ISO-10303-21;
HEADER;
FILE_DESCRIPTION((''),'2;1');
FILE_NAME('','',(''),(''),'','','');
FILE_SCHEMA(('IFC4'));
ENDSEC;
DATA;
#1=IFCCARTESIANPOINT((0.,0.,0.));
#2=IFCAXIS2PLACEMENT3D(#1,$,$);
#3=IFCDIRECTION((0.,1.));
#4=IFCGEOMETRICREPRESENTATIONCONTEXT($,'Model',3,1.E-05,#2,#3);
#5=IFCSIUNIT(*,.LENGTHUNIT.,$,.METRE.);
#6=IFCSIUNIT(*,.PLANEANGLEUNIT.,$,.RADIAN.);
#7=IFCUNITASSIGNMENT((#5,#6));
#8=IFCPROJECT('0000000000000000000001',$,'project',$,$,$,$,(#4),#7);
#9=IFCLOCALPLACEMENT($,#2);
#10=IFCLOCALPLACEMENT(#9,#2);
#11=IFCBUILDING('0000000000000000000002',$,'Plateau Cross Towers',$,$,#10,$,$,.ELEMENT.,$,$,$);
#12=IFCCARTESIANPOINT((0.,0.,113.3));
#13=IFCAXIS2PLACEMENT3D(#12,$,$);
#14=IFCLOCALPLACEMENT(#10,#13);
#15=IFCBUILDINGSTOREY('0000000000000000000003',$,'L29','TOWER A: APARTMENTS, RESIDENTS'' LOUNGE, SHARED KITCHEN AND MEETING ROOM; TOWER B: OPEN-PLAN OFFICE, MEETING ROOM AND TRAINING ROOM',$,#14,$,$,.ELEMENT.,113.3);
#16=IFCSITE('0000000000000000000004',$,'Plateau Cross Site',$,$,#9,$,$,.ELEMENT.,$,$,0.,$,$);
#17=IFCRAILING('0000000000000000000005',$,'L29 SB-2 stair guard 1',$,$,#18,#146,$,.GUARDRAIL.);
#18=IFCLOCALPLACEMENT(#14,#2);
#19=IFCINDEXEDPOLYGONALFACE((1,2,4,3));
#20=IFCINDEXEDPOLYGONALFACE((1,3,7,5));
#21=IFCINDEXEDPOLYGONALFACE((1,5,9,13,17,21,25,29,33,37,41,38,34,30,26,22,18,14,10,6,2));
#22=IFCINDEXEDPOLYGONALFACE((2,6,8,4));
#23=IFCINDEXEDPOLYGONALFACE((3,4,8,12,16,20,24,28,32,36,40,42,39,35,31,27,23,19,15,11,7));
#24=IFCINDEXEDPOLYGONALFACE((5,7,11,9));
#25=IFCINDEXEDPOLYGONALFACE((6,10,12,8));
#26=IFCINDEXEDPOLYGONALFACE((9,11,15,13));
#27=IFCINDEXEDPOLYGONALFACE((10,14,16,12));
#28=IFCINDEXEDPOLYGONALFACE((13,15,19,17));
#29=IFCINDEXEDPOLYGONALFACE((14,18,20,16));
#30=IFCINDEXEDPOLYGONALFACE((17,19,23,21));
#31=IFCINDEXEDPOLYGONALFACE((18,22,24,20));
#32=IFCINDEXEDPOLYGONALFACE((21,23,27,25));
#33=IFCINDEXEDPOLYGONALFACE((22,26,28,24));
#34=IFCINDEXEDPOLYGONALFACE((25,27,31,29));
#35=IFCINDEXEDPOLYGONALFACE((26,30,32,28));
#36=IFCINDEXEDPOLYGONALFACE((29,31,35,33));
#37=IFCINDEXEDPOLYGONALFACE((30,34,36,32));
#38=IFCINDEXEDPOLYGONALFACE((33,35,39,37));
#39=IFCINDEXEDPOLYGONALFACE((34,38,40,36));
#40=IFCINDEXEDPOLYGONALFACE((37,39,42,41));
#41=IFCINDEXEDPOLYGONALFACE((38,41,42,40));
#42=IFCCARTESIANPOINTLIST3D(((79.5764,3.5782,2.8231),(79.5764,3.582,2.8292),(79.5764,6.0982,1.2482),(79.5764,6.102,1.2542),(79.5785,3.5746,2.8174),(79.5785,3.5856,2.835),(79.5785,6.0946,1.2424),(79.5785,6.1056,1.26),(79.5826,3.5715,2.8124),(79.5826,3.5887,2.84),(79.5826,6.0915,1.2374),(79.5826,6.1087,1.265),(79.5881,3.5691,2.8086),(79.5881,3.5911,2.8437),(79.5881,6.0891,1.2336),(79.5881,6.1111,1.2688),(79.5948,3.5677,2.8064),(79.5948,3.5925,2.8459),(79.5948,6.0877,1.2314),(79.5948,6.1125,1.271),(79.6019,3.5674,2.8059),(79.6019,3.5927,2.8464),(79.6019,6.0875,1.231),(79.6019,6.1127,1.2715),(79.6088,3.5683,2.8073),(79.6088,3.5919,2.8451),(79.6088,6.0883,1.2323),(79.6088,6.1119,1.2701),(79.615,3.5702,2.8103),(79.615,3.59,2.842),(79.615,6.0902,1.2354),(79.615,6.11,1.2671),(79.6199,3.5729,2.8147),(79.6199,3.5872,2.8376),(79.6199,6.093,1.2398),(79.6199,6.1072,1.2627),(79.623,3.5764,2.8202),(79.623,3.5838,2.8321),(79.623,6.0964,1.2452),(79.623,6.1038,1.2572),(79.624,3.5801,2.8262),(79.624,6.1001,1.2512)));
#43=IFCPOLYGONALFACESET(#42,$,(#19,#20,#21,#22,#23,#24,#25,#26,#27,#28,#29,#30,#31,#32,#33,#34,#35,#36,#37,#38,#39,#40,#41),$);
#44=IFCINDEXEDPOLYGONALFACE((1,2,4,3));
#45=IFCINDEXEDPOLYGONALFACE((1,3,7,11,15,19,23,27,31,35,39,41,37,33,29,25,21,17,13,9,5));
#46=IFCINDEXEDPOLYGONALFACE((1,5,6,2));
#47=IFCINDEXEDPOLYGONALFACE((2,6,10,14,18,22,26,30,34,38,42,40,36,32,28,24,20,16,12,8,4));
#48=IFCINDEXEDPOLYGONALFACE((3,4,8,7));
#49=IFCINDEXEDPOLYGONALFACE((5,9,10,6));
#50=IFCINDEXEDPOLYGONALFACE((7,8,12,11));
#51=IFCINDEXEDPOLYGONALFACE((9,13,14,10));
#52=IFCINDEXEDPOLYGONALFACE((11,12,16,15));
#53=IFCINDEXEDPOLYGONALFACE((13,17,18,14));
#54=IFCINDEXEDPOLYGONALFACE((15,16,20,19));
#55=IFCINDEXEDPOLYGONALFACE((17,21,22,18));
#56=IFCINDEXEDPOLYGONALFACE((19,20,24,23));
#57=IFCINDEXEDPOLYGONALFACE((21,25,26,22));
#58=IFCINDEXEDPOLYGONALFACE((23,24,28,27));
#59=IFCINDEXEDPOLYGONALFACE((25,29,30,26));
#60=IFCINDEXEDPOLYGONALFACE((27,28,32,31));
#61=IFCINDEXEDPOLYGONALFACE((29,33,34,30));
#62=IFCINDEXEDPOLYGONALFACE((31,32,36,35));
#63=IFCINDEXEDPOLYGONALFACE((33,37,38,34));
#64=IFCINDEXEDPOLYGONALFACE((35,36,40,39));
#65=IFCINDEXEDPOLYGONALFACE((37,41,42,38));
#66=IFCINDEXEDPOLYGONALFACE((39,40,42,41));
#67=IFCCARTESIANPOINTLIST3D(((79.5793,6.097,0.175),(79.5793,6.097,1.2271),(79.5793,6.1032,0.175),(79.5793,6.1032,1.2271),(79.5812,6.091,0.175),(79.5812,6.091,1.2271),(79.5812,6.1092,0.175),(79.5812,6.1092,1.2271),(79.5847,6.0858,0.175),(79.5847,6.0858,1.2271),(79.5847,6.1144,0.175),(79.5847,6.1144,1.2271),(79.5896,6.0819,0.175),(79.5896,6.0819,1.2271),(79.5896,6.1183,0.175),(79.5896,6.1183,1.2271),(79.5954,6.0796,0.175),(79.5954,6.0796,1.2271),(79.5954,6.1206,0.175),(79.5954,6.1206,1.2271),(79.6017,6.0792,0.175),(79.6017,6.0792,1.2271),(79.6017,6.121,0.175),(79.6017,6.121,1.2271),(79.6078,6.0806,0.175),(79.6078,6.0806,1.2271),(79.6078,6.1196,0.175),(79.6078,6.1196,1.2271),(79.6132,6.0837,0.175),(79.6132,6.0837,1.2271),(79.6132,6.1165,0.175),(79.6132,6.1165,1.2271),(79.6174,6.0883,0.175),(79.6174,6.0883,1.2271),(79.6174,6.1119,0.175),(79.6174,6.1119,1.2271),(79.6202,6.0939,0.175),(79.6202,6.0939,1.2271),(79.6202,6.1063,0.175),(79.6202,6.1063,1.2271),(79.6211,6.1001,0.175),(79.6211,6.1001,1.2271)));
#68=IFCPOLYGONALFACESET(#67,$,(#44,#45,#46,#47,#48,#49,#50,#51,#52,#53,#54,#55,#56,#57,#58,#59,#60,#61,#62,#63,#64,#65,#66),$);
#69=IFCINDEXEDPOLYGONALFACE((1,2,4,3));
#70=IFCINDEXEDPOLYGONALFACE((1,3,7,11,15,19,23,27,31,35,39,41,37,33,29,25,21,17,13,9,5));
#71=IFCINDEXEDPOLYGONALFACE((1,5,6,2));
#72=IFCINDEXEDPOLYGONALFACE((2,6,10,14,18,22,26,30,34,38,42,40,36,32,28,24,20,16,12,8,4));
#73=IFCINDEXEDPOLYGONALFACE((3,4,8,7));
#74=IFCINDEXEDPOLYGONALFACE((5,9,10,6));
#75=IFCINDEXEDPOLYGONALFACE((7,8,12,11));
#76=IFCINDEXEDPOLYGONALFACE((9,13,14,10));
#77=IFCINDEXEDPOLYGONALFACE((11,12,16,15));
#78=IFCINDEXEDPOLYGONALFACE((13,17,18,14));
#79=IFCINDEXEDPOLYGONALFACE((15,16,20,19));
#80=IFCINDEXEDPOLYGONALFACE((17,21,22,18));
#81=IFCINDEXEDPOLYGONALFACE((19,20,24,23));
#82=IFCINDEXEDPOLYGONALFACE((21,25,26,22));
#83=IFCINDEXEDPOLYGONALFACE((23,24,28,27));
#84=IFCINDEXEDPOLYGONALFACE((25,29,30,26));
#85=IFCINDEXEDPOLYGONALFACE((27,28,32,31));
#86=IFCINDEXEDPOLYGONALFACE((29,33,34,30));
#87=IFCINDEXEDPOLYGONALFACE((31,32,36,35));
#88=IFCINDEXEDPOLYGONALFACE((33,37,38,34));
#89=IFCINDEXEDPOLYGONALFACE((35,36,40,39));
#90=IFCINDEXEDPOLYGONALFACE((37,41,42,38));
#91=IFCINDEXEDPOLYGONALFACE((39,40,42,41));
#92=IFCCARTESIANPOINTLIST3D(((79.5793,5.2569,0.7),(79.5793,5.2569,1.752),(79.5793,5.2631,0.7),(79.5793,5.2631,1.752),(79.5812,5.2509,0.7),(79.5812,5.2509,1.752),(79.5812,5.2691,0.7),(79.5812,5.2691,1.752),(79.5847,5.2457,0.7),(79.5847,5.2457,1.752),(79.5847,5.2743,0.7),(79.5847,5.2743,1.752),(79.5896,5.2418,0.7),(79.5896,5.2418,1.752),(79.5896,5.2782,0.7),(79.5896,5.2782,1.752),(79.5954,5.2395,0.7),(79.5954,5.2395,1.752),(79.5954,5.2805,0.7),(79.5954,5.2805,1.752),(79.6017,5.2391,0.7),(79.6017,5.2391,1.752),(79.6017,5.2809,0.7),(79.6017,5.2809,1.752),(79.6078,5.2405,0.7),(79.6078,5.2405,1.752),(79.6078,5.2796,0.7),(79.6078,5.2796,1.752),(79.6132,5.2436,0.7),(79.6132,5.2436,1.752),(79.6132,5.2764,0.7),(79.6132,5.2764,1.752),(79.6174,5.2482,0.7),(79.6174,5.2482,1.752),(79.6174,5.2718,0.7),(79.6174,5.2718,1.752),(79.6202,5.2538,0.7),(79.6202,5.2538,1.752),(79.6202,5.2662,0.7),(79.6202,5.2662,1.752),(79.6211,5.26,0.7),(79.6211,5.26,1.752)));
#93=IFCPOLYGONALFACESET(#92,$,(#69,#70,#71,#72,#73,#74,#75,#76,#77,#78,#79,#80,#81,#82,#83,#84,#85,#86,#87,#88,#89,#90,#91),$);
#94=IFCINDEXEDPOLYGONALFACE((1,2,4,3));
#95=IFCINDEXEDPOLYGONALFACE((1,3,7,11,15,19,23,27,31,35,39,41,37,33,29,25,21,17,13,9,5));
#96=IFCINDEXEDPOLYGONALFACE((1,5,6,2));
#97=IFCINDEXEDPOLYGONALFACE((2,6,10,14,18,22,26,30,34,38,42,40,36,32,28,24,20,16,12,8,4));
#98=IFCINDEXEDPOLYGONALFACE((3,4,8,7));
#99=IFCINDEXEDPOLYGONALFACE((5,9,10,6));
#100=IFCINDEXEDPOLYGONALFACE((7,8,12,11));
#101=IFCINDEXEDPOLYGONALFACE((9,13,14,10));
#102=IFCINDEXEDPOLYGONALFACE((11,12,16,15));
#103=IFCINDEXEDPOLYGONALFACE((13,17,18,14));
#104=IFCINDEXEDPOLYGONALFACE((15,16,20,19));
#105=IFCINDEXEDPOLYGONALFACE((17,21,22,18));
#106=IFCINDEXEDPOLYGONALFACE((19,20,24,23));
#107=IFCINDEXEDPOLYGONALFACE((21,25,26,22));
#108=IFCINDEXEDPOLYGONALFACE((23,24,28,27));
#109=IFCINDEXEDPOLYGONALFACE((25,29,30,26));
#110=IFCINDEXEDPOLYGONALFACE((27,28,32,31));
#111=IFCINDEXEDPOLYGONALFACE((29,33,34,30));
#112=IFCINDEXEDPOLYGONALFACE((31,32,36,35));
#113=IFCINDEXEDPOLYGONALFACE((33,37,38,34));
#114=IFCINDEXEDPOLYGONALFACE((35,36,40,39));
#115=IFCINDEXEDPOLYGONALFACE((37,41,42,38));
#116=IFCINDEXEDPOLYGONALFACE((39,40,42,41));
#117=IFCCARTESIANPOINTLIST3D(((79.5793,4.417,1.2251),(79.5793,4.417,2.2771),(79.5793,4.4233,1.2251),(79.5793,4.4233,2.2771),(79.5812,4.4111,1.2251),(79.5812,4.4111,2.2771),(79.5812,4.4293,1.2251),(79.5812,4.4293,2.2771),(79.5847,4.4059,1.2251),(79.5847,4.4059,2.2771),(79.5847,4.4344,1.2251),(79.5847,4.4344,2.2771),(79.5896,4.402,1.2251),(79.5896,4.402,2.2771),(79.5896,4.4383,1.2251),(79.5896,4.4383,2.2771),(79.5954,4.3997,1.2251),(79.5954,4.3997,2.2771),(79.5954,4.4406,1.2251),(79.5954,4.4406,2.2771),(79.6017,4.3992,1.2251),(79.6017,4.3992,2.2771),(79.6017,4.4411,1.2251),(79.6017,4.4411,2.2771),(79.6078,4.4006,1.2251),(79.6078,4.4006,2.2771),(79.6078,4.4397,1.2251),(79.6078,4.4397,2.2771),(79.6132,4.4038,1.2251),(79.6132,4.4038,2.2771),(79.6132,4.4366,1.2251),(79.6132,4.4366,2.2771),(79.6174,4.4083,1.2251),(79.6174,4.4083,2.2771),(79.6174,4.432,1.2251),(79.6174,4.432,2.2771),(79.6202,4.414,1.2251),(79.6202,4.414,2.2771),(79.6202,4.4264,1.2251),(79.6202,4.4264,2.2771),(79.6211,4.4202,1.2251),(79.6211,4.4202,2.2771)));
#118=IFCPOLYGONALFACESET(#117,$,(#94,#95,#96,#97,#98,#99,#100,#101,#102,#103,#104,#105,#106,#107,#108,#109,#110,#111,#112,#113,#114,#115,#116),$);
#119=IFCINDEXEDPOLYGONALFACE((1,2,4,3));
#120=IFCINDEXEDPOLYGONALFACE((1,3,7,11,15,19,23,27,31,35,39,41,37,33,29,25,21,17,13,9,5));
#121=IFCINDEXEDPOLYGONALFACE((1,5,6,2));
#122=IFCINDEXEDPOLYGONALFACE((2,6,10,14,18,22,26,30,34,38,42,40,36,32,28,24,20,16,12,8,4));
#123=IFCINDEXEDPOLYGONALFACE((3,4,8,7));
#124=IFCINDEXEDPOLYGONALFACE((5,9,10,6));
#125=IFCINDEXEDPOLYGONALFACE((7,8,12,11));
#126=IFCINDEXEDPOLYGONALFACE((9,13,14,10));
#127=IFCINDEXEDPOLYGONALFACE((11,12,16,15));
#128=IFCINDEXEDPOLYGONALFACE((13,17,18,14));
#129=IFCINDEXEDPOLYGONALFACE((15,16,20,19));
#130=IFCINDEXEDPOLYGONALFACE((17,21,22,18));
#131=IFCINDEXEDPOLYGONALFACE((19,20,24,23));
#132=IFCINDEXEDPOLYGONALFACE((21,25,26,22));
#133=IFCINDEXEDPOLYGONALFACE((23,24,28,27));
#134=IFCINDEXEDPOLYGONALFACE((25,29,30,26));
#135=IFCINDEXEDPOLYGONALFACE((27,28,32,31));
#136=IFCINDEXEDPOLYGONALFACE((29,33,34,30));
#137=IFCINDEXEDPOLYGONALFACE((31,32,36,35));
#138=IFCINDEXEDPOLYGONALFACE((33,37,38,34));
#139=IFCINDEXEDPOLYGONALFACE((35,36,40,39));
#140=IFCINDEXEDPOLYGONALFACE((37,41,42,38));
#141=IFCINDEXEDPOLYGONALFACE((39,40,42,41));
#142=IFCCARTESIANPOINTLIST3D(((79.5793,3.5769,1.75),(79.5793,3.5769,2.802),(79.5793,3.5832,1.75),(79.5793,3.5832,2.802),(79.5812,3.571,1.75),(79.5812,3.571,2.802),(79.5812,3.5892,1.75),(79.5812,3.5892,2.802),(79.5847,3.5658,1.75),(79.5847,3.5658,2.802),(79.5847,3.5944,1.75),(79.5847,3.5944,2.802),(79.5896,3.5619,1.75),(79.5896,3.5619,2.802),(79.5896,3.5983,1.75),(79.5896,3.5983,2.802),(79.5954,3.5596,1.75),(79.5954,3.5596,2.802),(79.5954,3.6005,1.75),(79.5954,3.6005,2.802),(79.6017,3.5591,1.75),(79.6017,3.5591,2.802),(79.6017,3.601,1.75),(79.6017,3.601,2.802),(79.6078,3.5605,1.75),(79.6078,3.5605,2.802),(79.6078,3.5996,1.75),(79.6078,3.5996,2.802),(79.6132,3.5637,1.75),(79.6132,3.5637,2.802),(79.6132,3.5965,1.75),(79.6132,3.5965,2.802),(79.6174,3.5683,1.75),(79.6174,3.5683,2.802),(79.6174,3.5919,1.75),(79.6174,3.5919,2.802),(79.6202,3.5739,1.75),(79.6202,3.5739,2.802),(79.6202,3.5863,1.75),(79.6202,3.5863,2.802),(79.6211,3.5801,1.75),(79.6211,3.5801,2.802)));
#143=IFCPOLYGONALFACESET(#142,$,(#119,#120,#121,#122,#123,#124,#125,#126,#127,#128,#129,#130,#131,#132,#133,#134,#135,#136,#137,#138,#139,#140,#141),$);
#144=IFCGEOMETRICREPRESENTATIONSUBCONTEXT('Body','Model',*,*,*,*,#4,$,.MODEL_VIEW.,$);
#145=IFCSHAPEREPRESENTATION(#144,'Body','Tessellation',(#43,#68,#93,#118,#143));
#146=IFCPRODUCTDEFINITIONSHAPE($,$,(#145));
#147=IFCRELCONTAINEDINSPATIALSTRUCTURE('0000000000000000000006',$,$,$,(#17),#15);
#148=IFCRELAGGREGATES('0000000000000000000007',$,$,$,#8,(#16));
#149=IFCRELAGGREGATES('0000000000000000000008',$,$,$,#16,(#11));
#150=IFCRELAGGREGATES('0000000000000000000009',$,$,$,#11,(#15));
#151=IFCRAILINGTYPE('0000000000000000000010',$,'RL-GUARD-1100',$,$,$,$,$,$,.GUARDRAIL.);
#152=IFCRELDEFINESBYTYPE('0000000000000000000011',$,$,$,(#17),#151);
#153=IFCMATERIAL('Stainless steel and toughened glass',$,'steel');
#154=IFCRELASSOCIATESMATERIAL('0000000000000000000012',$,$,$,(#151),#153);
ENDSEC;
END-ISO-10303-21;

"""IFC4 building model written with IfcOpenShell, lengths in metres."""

from ifc_helpers import new_model, si_unit, direction, frame, origin, origin_2d, place, context, subcontext, project, spatial, circle, extrude, material, type_object, element, save


model = new_model("IFC4")

# Units and contexts
model_context = context("Model", 3, precision=1e-05, world=origin(), true_north=direction((0.0, 1.0)))
body_context = subcontext(model_context, "Body", "Model", "MODEL_VIEW")
ifc_project = project(units=[si_unit("LENGTHUNIT", "METRE"), si_unit("PLANEANGLEUNIT", "RADIAN")], contexts=[model_context])

# Site, building, storey
site_placement = place(None, origin())
site = spatial("IfcSite", under=ifc_project, at=site_placement, Name="Plateau Cross Site", CompositionType="ELEMENT", RefElevation=0.0)
building_placement = place(site_placement, origin())
building = spatial("IfcBuilding", under=site, at=building_placement, Name="Plateau Cross Towers", CompositionType="ELEMENT")
storey_placement = place(building_placement, frame((0.0, 0.0, 113.3)))
storey = spatial("IfcBuildingStorey", under=building, at=storey_placement, Name="L29", Description="TOWER A: APARTMENTS, RESIDENTS' LOUNGE, SHARED KITCHEN AND MEETING ROOM; TOWER B: OPEN-PLAN OFFICE, MEETING ROOM AND TRAINING ROOM", CompositionType="ELEMENT", Elevation=113.3)

# Railing
ifc_material_1 = material(Name="Stainless steel and toughened glass", Category="steel")
railing_type_1 = type_object("IfcRailingType", Name="RL-GUARD-1100", PredefinedType="GUARDRAIL", material=ifc_material_1)
railing_1_placement = place(storey_placement, frame((79.6001, 6.1001, 0.175)))
element("IfcRailing", 1, at=railing_1_placement, inside=storey, type_object=railing_type_1, Name="L29 SB-2 stair guard 1", PredefinedType="GUARDRAIL", context=body_context, shape_type="SweptSolid", body=[
    extrude(circle(Radius=0.0239, at=origin_2d()), frame((0.0, 0.0, 1.0762), z_axis=(0.0, -0.848008, 0.529984), x_axis=(1.0, 0.0, 0.0)), (0.0, 0.0, 1.0), 2.9717),
    extrude(circle(Radius=0.021, at=origin_2d()), origin(), (0.0, 0.0, 1.0), 1.052),
    extrude(circle(Radius=0.021, at=origin_2d()), frame((0.0, -0.8401, 0.5249)), (0.0, 0.0, 1.0), 1.052),
    extrude(circle(Radius=0.021, at=origin_2d()), frame((0.0, -1.6799, 1.05)), (0.0, 0.0, 1.0), 1.052),
    extrude(circle(Radius=0.021, at=origin_2d()), frame((0.0, -2.52, 1.575)), (0.0, 0.0, 1.0), 1.052),
])

save(model, "model.ifc")
